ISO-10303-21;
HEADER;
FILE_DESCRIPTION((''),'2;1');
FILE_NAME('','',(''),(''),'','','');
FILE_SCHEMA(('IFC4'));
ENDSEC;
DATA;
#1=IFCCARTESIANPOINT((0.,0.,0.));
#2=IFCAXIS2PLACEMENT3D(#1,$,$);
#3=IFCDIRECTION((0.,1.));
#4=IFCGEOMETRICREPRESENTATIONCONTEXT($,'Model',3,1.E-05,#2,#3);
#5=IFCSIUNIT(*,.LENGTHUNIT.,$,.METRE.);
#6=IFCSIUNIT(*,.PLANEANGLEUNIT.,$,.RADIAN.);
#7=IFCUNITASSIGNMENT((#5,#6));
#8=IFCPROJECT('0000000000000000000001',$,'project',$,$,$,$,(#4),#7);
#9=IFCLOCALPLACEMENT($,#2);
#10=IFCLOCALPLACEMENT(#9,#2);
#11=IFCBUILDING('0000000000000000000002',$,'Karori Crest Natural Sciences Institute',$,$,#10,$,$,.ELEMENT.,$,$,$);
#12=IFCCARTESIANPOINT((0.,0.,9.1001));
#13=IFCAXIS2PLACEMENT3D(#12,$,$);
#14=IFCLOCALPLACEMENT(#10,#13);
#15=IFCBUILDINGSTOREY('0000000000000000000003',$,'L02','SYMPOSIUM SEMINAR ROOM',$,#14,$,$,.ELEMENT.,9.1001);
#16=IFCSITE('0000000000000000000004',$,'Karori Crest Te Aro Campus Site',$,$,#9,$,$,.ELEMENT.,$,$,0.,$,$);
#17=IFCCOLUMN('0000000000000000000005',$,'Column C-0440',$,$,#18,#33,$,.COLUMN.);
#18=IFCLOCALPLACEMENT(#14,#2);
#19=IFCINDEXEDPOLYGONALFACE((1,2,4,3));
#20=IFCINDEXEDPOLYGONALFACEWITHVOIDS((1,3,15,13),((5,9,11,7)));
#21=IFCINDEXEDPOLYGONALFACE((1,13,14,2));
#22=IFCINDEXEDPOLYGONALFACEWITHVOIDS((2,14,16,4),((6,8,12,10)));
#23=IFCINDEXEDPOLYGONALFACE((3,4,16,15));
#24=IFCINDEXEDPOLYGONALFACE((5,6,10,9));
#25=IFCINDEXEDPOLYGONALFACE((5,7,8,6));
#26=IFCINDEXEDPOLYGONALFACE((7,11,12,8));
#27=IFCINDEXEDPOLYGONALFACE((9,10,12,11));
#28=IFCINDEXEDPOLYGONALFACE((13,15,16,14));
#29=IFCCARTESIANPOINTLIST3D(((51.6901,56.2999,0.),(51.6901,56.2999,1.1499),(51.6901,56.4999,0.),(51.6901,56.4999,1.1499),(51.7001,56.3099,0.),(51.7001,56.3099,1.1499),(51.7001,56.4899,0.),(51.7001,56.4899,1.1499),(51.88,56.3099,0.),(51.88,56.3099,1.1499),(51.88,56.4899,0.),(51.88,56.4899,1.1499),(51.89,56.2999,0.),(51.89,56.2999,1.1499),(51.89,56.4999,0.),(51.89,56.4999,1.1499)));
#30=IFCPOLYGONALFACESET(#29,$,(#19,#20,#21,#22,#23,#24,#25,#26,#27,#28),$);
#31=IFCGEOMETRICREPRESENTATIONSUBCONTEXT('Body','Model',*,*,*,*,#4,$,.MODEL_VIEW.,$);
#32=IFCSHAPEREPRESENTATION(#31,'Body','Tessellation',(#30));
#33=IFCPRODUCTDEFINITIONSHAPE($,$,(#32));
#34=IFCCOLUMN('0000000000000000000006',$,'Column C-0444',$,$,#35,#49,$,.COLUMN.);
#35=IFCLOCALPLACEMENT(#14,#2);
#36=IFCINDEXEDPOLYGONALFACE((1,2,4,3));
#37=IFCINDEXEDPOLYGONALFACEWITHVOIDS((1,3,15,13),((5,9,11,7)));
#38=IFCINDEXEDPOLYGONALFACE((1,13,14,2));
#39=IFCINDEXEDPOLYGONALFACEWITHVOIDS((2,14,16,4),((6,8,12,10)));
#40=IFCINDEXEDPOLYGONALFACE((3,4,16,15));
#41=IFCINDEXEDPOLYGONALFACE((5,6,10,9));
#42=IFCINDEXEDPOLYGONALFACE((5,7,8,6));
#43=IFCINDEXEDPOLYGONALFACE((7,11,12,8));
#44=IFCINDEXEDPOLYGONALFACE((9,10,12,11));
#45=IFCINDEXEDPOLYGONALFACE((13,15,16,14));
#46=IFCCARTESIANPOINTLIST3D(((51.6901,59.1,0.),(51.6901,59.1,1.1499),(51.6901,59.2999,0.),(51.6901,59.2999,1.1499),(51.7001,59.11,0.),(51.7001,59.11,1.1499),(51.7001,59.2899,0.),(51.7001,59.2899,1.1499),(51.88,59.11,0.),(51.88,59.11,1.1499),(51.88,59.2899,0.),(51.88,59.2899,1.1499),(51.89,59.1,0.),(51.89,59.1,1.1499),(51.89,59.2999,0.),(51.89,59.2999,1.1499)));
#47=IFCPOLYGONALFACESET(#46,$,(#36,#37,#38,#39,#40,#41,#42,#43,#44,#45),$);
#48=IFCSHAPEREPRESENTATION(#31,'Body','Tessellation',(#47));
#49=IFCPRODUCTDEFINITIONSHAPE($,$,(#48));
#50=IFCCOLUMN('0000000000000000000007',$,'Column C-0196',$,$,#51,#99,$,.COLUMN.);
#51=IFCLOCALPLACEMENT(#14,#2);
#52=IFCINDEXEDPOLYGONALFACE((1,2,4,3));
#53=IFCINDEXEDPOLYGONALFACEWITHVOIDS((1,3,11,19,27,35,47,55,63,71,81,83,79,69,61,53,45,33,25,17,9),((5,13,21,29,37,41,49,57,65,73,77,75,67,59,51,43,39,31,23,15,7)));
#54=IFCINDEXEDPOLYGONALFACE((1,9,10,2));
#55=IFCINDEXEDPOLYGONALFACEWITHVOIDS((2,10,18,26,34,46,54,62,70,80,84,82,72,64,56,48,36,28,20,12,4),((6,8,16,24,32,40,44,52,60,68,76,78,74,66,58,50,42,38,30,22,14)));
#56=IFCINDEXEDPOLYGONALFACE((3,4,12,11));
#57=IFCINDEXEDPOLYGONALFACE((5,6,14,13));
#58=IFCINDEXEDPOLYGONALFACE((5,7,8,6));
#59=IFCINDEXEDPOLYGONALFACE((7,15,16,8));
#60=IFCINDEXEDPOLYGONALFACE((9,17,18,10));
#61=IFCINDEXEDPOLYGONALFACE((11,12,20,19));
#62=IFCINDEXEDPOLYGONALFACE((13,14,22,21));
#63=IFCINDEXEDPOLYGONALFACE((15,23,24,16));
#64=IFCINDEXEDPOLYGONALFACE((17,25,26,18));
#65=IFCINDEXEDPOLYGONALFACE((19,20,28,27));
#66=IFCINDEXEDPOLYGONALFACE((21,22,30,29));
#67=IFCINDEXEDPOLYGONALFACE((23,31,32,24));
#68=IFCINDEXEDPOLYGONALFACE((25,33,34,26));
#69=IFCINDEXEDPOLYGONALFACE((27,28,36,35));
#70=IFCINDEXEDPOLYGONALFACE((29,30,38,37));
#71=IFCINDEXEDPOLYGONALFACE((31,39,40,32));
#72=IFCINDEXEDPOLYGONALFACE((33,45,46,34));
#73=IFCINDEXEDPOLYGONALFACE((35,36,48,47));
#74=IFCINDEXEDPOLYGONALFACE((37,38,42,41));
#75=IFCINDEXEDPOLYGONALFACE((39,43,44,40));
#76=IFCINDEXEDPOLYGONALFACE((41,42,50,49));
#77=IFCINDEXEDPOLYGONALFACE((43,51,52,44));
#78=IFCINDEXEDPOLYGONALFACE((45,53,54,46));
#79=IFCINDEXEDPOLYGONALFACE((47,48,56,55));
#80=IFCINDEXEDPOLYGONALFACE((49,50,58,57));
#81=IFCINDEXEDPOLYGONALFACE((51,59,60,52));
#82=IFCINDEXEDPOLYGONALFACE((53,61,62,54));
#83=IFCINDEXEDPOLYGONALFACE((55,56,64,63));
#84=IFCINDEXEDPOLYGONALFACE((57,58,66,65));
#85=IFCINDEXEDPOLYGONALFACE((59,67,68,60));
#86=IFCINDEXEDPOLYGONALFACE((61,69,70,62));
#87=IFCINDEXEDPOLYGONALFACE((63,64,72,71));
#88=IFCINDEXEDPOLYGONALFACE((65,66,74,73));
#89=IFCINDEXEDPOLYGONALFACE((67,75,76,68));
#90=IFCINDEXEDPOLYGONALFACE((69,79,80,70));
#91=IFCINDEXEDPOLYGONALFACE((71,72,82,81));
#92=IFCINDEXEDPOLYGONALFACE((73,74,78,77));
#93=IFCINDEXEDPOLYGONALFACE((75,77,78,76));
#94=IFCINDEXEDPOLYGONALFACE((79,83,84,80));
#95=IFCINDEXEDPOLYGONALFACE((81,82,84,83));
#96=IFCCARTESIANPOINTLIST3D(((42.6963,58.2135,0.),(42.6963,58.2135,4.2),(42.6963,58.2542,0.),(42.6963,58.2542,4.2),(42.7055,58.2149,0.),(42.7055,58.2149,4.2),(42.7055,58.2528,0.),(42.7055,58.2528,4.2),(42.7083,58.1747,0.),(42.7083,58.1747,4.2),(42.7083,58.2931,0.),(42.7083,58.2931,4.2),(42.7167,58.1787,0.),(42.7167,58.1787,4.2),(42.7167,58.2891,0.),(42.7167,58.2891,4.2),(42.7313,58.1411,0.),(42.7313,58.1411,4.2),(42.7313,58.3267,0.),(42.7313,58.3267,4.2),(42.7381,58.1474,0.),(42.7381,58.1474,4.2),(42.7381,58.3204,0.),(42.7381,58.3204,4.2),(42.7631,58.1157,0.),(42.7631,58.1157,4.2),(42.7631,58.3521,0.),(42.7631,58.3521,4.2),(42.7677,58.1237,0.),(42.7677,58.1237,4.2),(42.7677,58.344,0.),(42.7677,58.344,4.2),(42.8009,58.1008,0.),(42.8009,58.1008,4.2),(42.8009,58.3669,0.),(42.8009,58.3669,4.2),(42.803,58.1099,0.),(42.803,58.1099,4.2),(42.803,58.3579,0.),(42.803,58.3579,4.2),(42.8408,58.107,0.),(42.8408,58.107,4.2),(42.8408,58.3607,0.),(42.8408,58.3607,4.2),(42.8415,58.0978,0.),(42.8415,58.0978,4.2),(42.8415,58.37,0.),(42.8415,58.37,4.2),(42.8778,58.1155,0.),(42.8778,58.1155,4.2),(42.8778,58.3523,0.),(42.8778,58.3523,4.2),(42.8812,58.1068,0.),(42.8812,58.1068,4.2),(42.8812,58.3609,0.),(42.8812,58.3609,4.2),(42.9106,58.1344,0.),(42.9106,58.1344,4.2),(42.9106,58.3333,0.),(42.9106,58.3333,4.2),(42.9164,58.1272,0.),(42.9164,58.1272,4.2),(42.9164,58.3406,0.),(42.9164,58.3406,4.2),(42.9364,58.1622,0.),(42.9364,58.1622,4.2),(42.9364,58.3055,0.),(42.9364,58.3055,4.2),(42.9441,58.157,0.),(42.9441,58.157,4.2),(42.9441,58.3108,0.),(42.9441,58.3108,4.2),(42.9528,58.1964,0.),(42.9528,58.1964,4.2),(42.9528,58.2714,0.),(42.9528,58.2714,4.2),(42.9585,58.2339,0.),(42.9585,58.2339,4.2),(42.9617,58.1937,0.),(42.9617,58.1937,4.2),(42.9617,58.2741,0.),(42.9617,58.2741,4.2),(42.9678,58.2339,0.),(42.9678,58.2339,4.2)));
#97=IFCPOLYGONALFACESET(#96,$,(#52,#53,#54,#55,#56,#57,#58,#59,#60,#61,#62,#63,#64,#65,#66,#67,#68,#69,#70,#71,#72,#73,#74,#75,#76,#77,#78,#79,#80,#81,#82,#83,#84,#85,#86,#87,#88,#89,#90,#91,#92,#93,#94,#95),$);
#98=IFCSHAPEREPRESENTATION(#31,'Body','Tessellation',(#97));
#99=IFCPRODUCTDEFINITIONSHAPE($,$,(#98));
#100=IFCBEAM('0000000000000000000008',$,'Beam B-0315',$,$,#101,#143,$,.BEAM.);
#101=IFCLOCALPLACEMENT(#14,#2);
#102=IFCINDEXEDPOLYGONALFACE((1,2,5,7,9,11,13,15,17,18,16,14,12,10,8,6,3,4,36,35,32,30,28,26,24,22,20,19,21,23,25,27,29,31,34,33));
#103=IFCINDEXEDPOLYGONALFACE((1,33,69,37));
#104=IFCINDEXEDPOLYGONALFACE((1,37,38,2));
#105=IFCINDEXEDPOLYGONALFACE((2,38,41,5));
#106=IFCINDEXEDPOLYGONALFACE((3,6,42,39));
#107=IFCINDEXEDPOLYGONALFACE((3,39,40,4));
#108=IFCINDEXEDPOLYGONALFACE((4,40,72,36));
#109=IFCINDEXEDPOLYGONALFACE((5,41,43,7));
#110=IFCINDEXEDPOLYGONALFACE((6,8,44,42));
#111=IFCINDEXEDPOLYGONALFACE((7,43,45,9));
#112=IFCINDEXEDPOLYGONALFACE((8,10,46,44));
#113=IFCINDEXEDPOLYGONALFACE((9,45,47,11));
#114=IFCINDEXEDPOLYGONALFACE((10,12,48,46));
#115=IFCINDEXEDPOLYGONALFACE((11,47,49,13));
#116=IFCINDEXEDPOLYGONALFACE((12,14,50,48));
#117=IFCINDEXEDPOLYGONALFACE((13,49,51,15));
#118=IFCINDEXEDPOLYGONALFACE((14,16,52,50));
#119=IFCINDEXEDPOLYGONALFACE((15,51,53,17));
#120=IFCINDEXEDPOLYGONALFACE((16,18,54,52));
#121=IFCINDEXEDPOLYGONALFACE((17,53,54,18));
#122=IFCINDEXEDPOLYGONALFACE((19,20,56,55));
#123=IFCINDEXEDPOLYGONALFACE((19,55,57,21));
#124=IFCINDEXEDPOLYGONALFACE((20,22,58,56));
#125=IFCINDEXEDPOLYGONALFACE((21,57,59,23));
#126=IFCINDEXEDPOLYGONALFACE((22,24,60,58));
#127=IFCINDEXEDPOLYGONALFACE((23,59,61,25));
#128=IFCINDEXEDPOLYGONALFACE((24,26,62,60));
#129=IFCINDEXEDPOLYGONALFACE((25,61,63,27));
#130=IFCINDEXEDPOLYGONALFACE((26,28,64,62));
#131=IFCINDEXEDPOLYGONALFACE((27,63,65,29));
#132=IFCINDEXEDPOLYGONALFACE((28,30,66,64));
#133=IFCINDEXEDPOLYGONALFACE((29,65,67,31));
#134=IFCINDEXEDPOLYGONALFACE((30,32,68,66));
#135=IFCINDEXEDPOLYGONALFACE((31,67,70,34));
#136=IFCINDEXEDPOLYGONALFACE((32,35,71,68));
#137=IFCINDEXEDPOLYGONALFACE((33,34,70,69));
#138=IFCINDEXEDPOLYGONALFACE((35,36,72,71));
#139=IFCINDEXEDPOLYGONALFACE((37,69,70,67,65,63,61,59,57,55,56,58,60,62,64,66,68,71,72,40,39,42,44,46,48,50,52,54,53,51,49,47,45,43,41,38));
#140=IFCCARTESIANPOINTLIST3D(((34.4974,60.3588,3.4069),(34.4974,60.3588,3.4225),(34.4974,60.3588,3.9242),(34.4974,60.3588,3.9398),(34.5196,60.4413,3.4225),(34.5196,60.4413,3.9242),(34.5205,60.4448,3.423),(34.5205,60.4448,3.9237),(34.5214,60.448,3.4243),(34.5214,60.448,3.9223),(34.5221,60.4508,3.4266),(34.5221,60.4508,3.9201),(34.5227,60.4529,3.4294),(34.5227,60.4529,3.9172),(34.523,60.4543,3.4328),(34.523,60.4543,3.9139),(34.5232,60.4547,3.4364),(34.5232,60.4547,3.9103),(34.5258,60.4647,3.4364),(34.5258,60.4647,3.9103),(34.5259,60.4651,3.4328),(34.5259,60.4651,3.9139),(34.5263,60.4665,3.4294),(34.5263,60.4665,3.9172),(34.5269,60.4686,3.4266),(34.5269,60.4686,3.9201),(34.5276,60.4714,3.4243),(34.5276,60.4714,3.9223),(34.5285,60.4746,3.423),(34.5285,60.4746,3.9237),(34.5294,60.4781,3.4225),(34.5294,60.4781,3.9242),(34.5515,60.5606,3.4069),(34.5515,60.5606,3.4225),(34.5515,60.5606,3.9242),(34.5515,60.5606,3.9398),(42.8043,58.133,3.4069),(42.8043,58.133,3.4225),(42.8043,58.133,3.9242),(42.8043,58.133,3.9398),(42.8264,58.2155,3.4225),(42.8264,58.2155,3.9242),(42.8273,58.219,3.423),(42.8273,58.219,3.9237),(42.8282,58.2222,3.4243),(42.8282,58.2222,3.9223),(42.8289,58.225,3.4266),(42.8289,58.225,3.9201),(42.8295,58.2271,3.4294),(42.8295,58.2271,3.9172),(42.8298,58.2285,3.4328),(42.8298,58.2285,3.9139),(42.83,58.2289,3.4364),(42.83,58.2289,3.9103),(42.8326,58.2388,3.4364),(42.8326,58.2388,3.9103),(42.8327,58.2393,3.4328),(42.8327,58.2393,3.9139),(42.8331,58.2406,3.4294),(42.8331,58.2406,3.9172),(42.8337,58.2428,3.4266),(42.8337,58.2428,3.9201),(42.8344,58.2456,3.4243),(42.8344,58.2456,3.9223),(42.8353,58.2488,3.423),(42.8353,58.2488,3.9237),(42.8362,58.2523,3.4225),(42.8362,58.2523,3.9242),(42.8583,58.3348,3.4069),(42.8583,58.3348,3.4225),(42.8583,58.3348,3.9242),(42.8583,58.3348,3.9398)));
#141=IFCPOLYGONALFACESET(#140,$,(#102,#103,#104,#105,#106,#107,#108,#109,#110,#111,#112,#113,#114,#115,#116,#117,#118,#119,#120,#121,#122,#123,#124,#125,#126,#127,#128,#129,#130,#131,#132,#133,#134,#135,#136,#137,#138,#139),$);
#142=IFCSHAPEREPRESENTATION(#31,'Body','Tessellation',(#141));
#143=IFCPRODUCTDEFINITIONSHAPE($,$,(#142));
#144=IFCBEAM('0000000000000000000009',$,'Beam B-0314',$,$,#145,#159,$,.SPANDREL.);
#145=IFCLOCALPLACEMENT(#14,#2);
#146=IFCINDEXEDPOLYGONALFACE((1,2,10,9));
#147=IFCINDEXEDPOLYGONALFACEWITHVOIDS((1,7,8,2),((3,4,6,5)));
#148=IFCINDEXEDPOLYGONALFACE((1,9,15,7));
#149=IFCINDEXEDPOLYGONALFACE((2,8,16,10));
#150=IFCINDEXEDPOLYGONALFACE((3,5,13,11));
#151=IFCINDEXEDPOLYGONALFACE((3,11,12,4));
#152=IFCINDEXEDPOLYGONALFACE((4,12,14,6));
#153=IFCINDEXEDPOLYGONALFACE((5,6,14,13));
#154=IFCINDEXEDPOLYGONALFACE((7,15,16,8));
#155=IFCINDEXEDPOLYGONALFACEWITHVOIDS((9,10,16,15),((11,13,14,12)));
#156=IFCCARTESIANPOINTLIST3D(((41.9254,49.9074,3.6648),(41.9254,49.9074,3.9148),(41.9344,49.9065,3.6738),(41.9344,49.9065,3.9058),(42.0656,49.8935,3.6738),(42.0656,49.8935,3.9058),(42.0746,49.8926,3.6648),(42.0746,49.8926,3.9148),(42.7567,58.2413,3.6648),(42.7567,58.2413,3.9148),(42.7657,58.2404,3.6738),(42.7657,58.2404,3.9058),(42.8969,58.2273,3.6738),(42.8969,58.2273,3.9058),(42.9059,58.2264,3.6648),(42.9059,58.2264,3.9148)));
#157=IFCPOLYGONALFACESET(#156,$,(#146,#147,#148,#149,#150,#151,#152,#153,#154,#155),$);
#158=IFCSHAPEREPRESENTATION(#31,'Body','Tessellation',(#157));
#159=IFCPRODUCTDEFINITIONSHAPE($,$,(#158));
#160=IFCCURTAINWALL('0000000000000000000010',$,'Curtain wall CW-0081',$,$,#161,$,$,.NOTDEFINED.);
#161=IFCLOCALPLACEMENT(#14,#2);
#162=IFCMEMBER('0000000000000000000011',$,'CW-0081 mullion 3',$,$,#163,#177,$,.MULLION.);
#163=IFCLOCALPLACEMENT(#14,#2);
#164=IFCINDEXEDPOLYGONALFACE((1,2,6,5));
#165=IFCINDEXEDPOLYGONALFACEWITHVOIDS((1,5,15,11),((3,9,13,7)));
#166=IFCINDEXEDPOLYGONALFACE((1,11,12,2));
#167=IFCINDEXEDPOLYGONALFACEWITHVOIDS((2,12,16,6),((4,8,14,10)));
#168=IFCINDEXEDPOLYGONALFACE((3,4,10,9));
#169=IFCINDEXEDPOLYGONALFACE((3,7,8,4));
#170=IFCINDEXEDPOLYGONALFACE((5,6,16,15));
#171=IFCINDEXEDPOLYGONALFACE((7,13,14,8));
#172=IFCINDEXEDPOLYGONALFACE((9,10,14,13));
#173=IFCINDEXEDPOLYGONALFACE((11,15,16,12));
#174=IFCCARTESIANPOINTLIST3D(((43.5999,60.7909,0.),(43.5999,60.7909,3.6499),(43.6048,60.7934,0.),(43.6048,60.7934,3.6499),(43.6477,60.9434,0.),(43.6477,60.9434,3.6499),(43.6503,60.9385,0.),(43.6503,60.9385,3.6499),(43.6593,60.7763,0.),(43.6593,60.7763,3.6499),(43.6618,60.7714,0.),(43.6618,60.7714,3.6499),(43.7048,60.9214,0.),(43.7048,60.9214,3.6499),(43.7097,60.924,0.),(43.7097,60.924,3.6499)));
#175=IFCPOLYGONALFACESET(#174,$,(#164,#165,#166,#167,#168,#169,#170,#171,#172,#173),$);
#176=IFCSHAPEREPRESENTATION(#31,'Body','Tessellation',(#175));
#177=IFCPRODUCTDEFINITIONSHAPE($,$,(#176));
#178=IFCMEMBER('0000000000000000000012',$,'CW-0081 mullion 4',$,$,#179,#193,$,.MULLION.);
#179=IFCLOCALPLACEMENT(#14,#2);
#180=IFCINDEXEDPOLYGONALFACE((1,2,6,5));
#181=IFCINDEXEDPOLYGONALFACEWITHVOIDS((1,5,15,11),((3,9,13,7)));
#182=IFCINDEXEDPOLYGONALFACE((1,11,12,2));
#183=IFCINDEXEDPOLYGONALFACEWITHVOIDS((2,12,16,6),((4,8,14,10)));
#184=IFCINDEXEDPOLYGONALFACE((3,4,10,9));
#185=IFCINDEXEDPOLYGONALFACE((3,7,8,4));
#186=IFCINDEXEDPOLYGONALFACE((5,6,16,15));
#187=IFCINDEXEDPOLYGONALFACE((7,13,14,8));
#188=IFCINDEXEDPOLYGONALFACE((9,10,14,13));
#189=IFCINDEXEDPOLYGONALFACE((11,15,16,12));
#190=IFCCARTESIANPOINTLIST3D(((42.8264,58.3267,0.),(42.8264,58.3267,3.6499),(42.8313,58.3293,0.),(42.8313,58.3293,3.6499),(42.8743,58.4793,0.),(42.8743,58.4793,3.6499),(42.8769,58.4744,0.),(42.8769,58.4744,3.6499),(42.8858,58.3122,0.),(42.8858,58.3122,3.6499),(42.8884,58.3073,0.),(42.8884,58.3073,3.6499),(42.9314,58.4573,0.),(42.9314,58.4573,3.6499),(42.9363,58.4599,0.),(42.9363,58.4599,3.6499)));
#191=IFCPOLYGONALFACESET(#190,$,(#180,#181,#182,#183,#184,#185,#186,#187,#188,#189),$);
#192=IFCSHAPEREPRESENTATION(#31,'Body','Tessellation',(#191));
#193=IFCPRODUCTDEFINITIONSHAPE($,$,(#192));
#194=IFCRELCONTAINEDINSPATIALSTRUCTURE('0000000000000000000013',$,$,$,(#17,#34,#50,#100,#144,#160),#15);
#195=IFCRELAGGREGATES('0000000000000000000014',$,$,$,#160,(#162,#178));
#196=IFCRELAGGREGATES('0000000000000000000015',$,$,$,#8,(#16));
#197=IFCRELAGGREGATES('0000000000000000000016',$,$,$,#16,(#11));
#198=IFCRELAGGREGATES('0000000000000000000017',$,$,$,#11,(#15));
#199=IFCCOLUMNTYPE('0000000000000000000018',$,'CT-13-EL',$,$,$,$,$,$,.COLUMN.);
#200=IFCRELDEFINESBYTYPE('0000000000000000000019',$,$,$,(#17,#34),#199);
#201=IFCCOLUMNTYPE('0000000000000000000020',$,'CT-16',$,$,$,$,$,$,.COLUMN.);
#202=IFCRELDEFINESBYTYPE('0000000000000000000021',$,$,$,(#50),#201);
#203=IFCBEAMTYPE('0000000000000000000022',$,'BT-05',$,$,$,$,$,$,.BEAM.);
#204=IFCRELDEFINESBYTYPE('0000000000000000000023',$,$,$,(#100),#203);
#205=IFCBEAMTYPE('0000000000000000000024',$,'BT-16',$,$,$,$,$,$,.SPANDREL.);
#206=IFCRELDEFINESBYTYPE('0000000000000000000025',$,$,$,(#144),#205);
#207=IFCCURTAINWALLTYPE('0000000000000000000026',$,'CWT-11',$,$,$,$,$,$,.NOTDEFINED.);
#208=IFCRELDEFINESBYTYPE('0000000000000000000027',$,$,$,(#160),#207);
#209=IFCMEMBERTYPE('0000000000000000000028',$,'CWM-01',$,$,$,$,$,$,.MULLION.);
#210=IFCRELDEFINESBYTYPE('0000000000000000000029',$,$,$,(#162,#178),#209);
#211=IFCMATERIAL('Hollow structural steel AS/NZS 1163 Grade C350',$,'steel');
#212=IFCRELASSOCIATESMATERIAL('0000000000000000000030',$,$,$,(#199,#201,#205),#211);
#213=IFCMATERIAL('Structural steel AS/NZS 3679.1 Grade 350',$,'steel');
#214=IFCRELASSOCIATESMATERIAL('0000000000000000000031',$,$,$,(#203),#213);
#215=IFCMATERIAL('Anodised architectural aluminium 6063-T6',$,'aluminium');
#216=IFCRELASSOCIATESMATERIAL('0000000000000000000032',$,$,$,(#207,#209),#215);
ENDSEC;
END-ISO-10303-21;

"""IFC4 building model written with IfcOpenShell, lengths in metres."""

from ifc_helpers import new_model, si_unit, direction, frame, origin, origin_2d, place, context, subcontext, project, spatial, hollow_rectangle, hollow_circle, i_section, extrude, material, material_profile, profile_set, type_object, element, aggregate, save


model = new_model("IFC4")

# Units and contexts
model_context = context("Model", 3, precision=1e-05, world=origin(), true_north=direction((0.0, 1.0)))
body_context = subcontext(model_context, "Body", "Model", "MODEL_VIEW")
ifc_project = project(units=[si_unit("LENGTHUNIT", "METRE"), si_unit("PLANEANGLEUNIT", "RADIAN")], contexts=[model_context])

# Site, building, storey
site_placement = place(None, origin())
site = spatial("IfcSite", under=ifc_project, at=site_placement, Name="Karori Crest Te Aro Campus Site", CompositionType="ELEMENT", RefElevation=0.0)
building_placement = place(site_placement, origin())
building = spatial("IfcBuilding", under=site, at=building_placement, Name="Karori Crest Natural Sciences Institute", CompositionType="ELEMENT")
storey_placement = place(building_placement, frame((0.0, 0.0, 9.1001)))
storey = spatial("IfcBuildingStorey", under=building, at=storey_placement, Name="L02", Description="SYMPOSIUM SEMINAR ROOM", CompositionType="ELEMENT", Elevation=9.1001)

# Columns
ifc_material_1 = material(Name="Hollow structural steel AS/NZS 1163 Grade C350", Category="steel")
ifc_material_profile_1 = material_profile(ifc_material_1, hollow_rectangle(XDim=0.2, YDim=0.2, WallThickness=0.01, at=origin_2d()), Name="SHS200x200x10")
ifc_profile_set_1 = profile_set([ifc_material_profile_1], Name="Hollow structural steel AS/NZS 1163 Grade C350")
column_type_1 = type_object("IfcColumnType", Name="CT-13-EL", PredefinedType="COLUMN", material=ifc_profile_set_1)
for number, where, z_axis, x_axis, name in (
    (1, (51.79, 56.3999, 0.0), (0.0, 0.0, 1.0), (1.0, 0.0, 0.0), "Column C-0440"),
    (2, (51.79, 59.2, 0.0), (0.0, 0.0, 1.0), (1.0, 0.0, 0.0), "Column C-0444"),
):
    element("IfcColumn", number, at=place(storey_placement, frame(where, z_axis=z_axis, x_axis=x_axis)), inside=storey, type_object=column_type_1, Name=name, PredefinedType="COLUMN", context=body_context, shape_type="SweptSolid", body=[
        extrude(hollow_rectangle(XDim=0.2, YDim=0.2, WallThickness=0.01, at=origin_2d()), origin(), (0.0, 0.0, 1.0), 1.1499),
    ])
ifc_material_profile_2 = material_profile(ifc_material_1, hollow_circle(Radius=0.1365, WallThickness=0.0093, at=origin_2d()), Name="CHS273.0x9.3")
ifc_profile_set_2 = profile_set([ifc_material_profile_2], Name="Hollow structural steel AS/NZS 1163 Grade C350")
column_type_2 = type_object("IfcColumnType", Name="CT-16", PredefinedType="COLUMN", material=ifc_profile_set_2)
column_placement = place(storey_placement, frame((42.8313, 58.2339, 0.0), z_axis=(0.0, 0.0, 1.0), x_axis=(1.0, 0.0, 0.0)))
element("IfcColumn", 3, at=column_placement, inside=storey, type_object=column_type_2, Name="Column C-0196", PredefinedType="COLUMN", context=body_context, shape_type="SweptSolid", body=[
    extrude(hollow_circle(Radius=0.1365, WallThickness=0.0093, at=origin_2d()), origin(), (0.0, 0.0, 1.0), 4.2),
])

# Beams
ifc_material_2 = material(Name="Structural steel AS/NZS 3679.1 Grade 350", Category="steel")
ifc_material_profile_3 = material_profile(ifc_material_2, i_section(OverallWidth=0.209, OverallDepth=0.533, WebThickness=0.0103, FlangeThickness=0.0156, FilletRadius=0.0139, at=origin_2d()), Name="530UB92.4")
ifc_profile_set_3 = profile_set([ifc_material_profile_3], Name="Structural steel AS/NZS 3679.1 Grade 350")
beam_type_1 = type_object("IfcBeamType", Name="BT-05", PredefinedType="BEAM", material=ifc_profile_set_3)
beam_1_placement = place(storey_placement, frame((42.8313, 58.2339, 3.6733), z_axis=(-0.965926, 0.25882, 0.0), x_axis=(-0.25882, -0.965926, 0.0)))
element("IfcBeam", 4, at=beam_1_placement, inside=storey, type_object=beam_type_1, Name="Beam B-0315", PredefinedType="BEAM", context=body_context, shape_type="SweptSolid", body=[
    extrude(i_section(OverallWidth=0.209, OverallDepth=0.533, WebThickness=0.0103, FlangeThickness=0.0156, FilletRadius=0.0139, at=origin_2d()), origin(), (0.0, 0.0, 1.0), 8.5999),
])
ifc_material_profile_4 = material_profile(ifc_material_1, hollow_rectangle(XDim=0.1499, YDim=0.25, WallThickness=0.009, at=origin_2d()), Name="RHS250x150x9")
ifc_profile_set_4 = profile_set([ifc_material_profile_4], Name="Hollow structural steel AS/NZS 1163 Grade C350")
beam_type_2 = type_object("IfcBeamType", Name="BT-16", PredefinedType="SPANDREL", material=ifc_profile_set_4)
beam_2_placement = place(storey_placement, frame((42.8313, 58.2339, 3.7898), z_axis=(-0.099256, -0.995062, 0.0), x_axis=(0.995062, -0.099256, 0.0)))
element("IfcBeam", 5, at=beam_2_placement, inside=storey, type_object=beam_type_2, Name="Beam B-0314", PredefinedType="SPANDREL", context=body_context, shape_type="SweptSolid", body=[
    extrude(hollow_rectangle(XDim=0.1499, YDim=0.25, WallThickness=0.009, at=origin_2d()), origin(), (0.0, 0.0, 1.0), 8.3752),
])

# Curtain wall, members
ifc_material_3 = material(Name="Anodised architectural aluminium 6063-T6", Category="aluminium")
curtain_wall_type = type_object("IfcCurtainWallType", Name="CWT-11", PredefinedType="NOTDEFINED", material=ifc_material_3)
curtain_wall_placement = place(storey_placement, origin())
curtain_wall = element("IfcCurtainWall", 6, at=curtain_wall_placement, inside=storey, type_object=curtain_wall_type, Name="Curtain wall CW-0081", PredefinedType="NOTDEFINED")
ifc_material_profile_5 = material_profile(ifc_material_3, hollow_rectangle(XDim=0.0649, YDim=0.1599, WallThickness=0.0039, at=origin_2d()), Name="CWM160x65x4")
ifc_profile_set_5 = profile_set([ifc_material_profile_5], Name="Anodised architectural aluminium 6063-T6")
member_type_1 = type_object("IfcMemberType", Name="CWM-01", PredefinedType="MULLION", material=ifc_profile_set_5)
member_1_placement = place(storey_placement, frame((43.6548, 60.8574, 0.0), z_axis=(0.0, 0.0, 1.0), x_axis=(0.954104, -0.299477, 0.0)))
member_1 = element("IfcMember", 7, at=member_1_placement, type_object=member_type_1, Name="CW-0081 mullion 3", PredefinedType="MULLION", context=body_context, shape_type="SweptSolid", body=[
    extrude(hollow_rectangle(XDim=0.0649, YDim=0.1599, WallThickness=0.0039, at=origin_2d()), origin(), (0.0, 0.0, 1.0), 3.6499),
])
member_2_placement = place(storey_placement, frame((42.8813, 58.3933, 0.0), z_axis=(0.0, 0.0, 1.0), x_axis=(0.954104, -0.299477, 0.0)))
member_2 = element("IfcMember", 8, at=member_2_placement, type_object=member_type_1, Name="CW-0081 mullion 4", PredefinedType="MULLION", context=body_context, shape_type="SweptSolid", body=[
    extrude(hollow_rectangle(XDim=0.0649, YDim=0.1599, WallThickness=0.0039, at=origin_2d()), origin(), (0.0, 0.0, 1.0), 3.6499),
])
aggregate(curtain_wall, [member_1, member_2])

save(model, "model.ifc")
